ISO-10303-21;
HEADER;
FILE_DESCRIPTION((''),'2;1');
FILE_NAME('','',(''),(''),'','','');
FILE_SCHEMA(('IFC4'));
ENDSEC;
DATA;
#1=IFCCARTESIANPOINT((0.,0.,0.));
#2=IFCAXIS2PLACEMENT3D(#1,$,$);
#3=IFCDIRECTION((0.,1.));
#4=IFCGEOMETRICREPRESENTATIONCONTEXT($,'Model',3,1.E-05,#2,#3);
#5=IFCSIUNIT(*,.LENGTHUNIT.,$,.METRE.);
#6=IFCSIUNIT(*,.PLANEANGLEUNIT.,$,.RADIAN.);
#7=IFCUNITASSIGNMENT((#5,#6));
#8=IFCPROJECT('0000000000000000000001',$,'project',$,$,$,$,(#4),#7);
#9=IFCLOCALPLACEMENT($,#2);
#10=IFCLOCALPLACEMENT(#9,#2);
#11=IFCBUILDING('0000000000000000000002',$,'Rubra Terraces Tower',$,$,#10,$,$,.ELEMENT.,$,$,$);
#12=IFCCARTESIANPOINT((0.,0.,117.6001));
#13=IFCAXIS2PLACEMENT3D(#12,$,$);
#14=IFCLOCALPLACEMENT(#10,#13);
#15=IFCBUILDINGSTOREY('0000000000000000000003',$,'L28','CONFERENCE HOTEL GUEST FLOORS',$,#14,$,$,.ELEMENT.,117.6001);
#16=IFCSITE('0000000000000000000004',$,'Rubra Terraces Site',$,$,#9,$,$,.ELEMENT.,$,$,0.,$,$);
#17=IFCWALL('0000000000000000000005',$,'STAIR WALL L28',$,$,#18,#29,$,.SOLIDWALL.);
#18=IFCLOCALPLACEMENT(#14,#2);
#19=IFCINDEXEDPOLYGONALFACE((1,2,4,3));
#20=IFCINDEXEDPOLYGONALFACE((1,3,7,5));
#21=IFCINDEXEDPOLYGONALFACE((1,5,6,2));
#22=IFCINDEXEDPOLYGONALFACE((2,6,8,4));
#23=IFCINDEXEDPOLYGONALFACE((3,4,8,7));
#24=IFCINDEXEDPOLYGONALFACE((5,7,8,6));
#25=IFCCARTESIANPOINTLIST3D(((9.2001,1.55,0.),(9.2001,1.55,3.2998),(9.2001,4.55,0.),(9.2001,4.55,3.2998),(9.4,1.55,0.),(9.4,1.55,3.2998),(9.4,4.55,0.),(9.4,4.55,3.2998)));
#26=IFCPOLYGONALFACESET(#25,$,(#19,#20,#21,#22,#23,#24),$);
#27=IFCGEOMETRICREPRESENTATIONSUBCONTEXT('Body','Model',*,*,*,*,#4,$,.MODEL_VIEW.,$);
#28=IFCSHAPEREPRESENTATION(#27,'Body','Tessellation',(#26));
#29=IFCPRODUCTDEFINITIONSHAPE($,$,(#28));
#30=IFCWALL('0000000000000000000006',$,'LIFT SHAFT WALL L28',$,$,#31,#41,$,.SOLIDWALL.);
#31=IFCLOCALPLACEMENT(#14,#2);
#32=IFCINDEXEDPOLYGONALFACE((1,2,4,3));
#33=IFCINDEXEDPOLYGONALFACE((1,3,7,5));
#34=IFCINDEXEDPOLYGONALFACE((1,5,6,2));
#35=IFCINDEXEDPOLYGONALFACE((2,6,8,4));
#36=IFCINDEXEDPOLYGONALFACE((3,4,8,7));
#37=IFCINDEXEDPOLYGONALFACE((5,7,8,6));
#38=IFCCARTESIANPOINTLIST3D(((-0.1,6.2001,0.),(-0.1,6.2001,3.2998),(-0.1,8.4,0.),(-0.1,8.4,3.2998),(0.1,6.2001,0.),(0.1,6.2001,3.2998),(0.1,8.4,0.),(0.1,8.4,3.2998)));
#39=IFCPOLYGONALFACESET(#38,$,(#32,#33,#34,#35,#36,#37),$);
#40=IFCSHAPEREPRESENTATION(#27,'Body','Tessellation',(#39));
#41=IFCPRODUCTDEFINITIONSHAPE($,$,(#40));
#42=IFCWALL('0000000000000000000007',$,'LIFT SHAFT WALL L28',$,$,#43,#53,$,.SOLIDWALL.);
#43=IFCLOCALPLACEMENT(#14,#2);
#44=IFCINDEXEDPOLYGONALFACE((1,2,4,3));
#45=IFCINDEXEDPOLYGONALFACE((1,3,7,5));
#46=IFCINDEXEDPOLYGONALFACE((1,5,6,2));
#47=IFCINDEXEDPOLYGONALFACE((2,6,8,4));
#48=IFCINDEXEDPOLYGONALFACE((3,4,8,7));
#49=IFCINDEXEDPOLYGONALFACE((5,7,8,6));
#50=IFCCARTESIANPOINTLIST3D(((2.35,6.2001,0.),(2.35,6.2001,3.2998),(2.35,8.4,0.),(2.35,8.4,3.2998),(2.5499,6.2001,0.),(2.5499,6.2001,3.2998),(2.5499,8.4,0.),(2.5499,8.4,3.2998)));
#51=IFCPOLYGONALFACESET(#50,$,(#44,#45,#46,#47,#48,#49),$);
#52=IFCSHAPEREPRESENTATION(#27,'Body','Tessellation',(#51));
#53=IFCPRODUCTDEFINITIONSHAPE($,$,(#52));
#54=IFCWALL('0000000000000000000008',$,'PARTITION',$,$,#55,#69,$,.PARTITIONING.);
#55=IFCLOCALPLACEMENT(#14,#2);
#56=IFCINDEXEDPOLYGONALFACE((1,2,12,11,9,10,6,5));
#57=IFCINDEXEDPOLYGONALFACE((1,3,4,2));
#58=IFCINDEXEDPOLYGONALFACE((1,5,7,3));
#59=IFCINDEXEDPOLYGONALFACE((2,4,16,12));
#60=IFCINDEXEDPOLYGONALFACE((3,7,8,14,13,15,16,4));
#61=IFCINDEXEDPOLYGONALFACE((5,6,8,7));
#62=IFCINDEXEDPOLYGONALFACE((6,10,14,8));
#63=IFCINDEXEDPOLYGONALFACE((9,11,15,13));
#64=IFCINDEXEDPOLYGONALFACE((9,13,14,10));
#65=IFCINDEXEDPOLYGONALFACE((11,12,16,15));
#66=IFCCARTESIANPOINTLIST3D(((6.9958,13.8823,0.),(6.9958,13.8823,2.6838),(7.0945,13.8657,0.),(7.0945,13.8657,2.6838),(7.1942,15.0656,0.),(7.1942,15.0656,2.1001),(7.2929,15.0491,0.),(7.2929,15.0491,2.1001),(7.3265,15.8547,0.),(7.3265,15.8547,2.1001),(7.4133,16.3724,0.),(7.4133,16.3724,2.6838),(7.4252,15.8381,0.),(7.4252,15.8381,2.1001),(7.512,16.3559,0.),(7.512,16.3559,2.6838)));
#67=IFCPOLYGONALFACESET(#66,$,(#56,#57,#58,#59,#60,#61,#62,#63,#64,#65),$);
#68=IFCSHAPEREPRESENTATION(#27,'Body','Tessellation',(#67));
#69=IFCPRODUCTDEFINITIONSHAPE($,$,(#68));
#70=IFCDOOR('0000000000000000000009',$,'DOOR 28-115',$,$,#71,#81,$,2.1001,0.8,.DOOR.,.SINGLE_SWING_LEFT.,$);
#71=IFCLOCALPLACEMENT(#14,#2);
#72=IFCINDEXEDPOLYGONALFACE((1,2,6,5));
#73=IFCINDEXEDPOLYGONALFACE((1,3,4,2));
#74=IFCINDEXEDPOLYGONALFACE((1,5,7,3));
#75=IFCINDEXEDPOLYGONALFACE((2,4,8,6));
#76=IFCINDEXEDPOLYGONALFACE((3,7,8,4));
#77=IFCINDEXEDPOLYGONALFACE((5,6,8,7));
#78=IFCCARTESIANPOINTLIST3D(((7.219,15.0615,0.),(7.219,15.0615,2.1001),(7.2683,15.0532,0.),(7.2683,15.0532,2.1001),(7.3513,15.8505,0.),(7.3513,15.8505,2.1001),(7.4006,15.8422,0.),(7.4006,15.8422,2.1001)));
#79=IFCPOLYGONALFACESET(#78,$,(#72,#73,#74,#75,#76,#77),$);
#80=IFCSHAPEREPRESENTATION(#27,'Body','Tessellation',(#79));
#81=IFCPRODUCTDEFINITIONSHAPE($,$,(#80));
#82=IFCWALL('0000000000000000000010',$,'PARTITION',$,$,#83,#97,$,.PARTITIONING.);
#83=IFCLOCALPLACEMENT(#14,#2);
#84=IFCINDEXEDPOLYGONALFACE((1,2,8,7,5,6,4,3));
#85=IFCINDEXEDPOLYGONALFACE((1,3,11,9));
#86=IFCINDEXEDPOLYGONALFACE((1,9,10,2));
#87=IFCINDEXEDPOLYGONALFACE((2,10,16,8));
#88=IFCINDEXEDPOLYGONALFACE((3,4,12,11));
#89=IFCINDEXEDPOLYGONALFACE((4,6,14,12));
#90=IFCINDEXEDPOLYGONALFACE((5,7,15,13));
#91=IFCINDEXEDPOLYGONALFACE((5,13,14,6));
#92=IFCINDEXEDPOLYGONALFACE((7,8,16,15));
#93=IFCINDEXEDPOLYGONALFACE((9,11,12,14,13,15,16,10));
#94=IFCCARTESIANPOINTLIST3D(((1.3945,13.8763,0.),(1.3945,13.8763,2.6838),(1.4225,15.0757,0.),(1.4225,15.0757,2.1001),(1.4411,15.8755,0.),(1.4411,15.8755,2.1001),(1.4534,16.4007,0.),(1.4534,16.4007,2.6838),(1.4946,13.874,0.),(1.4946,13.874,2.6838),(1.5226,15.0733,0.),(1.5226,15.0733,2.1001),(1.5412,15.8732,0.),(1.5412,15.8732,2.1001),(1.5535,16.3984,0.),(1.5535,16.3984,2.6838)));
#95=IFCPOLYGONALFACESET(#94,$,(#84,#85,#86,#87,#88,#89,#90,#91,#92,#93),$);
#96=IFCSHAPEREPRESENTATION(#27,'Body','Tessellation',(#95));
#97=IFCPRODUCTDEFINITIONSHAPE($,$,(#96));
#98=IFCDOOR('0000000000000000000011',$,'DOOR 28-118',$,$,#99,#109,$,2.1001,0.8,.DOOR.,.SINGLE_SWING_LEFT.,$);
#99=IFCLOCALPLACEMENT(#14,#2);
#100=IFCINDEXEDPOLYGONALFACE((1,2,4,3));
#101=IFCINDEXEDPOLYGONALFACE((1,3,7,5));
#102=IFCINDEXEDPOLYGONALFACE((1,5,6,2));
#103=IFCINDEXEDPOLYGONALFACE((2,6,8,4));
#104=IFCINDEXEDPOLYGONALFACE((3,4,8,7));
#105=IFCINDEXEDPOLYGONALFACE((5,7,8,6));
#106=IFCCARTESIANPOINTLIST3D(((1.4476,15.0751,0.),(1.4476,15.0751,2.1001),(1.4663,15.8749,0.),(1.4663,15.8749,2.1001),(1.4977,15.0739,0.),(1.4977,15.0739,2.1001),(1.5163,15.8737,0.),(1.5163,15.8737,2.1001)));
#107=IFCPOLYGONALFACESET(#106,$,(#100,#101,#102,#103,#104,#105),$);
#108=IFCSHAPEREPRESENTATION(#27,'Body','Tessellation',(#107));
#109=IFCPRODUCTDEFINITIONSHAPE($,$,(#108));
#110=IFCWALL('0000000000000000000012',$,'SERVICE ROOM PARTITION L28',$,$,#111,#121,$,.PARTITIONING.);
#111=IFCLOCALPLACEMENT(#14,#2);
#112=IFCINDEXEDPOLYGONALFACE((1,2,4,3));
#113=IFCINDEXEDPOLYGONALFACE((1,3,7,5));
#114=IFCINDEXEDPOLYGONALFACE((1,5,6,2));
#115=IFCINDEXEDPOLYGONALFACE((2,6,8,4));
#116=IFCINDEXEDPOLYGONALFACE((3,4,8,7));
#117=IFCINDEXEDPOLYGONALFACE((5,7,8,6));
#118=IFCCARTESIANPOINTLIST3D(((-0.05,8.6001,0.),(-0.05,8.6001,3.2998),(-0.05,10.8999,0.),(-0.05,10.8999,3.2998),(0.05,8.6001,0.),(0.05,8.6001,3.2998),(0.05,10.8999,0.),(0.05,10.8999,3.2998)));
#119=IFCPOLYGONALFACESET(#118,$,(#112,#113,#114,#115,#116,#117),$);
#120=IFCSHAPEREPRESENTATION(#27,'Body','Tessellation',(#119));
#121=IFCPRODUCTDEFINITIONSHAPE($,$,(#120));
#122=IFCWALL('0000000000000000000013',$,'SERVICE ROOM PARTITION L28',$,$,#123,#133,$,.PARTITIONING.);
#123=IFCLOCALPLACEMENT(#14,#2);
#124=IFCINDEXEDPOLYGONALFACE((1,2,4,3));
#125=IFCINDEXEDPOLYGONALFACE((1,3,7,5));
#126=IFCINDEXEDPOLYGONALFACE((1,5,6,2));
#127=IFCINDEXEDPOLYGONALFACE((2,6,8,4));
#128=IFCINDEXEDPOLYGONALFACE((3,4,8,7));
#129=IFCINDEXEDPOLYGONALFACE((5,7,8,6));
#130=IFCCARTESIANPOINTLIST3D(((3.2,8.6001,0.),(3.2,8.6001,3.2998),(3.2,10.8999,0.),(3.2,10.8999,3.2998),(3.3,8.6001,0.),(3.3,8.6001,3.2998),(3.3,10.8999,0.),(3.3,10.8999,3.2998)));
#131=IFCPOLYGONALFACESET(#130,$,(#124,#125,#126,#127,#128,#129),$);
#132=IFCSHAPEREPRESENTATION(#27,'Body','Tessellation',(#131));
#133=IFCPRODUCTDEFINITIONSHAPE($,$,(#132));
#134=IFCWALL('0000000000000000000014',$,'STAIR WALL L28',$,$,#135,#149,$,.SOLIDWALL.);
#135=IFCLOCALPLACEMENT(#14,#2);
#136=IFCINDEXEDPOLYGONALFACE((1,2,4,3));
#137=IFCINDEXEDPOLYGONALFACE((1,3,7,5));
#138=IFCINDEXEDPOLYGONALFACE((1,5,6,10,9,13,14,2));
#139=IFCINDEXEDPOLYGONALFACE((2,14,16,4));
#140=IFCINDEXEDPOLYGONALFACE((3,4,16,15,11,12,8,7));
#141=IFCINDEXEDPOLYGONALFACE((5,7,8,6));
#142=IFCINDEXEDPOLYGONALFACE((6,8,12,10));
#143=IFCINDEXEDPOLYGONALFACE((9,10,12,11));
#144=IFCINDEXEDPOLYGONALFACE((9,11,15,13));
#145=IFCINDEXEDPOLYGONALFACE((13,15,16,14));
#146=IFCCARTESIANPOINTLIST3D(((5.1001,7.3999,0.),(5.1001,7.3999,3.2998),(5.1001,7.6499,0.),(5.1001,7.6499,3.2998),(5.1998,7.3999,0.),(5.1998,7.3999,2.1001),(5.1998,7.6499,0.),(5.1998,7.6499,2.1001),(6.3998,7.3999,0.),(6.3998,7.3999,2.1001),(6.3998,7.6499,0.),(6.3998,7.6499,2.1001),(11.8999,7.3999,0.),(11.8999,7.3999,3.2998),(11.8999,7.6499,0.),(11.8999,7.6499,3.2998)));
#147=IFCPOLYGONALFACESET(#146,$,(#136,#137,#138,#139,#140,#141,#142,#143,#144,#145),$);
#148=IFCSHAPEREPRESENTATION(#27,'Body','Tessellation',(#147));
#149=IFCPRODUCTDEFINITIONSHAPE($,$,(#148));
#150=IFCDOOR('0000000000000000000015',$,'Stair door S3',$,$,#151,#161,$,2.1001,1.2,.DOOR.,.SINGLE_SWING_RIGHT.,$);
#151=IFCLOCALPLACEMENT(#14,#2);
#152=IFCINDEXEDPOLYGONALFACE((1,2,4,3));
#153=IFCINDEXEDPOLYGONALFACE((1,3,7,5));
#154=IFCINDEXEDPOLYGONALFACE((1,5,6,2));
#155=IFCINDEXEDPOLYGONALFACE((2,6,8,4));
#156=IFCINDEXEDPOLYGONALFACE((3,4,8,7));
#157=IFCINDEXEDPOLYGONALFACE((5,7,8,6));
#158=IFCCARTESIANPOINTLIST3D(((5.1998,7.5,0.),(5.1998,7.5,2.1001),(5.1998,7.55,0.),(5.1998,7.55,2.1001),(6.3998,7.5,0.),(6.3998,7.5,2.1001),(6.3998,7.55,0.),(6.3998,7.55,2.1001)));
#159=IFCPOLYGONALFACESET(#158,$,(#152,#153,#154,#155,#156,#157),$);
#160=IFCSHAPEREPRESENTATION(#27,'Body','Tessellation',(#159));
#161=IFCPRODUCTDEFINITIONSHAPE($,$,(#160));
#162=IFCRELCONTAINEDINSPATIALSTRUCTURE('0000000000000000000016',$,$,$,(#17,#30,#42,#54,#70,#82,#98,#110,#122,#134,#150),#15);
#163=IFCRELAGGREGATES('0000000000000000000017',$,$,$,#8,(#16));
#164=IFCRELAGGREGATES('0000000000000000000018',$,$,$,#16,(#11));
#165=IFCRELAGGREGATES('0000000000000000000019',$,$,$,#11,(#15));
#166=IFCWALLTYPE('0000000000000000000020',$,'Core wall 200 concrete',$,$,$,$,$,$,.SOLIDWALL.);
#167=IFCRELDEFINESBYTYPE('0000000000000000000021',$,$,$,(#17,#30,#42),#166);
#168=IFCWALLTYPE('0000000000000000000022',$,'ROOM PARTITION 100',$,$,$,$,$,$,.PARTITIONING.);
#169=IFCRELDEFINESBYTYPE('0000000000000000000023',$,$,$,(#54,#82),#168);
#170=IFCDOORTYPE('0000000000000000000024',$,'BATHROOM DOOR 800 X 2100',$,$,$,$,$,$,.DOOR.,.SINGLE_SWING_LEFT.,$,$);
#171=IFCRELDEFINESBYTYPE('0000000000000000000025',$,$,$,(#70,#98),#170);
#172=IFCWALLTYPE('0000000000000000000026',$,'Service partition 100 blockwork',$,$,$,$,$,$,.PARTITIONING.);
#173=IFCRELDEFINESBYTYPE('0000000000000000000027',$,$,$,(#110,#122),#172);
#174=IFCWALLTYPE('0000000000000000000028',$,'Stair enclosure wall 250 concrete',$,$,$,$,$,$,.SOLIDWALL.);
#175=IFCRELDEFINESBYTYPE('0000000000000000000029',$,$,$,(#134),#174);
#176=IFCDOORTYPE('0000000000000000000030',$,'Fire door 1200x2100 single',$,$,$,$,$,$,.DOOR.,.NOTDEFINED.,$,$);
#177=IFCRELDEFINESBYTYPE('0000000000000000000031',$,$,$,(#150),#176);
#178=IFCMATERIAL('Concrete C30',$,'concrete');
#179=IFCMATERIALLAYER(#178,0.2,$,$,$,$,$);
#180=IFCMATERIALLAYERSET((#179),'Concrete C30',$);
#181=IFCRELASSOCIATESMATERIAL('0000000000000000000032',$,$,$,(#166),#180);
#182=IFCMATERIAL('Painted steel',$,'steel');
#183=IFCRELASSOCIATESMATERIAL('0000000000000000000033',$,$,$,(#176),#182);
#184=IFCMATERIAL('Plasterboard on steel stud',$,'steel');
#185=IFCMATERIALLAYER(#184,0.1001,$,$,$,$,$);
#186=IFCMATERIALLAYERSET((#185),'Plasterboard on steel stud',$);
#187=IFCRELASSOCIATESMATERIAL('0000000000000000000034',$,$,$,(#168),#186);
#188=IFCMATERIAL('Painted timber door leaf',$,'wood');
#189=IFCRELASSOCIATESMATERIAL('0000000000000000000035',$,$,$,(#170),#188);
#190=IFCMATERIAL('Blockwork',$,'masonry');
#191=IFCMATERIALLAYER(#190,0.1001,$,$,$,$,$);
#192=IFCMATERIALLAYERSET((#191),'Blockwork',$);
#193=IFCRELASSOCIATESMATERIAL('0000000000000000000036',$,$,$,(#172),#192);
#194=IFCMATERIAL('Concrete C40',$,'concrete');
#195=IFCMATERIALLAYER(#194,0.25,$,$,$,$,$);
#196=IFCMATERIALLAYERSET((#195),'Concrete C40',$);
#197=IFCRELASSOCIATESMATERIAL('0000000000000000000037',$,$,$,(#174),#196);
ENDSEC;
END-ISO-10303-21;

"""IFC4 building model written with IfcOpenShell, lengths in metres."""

from ifc_helpers import new_model, si_unit, direction, frame, frame_2d, origin, place, context, subcontext, project, spatial, rectangle, extrude, material, layer, layer_set, type_object, element, fill, save


model = new_model("IFC4")

# Units and contexts
model_context = context("Model", 3, precision=1e-05, world=origin(), true_north=direction((0.0, 1.0)))
body_context = subcontext(model_context, "Body", "Model", "MODEL_VIEW")
ifc_project = project(units=[si_unit("LENGTHUNIT", "METRE"), si_unit("PLANEANGLEUNIT", "RADIAN")], contexts=[model_context])

# Site, building, storey
site_placement = place(None, origin())
site = spatial("IfcSite", under=ifc_project, at=site_placement, Name="Rubra Terraces Site", CompositionType="ELEMENT", RefElevation=0.0)
building_placement = place(site_placement, origin())
building = spatial("IfcBuilding", under=site, at=building_placement, Name="Rubra Terraces Tower", CompositionType="ELEMENT")
storey_placement = place(building_placement, frame((0.0, 0.0, 117.6001)))
storey = spatial("IfcBuildingStorey", under=building, at=storey_placement, Name="L28", Description="CONFERENCE HOTEL GUEST FLOORS", CompositionType="ELEMENT", Elevation=117.6001)

# Shared definitions
ifc_material_1 = material(Name="Painted timber door leaf", Category="wood")

# Shared definitions
ifc_material_2 = material(Name="Concrete C40", Category="concrete")

# Shared definitions
ifc_material_3 = material(Name="Concrete C30", Category="concrete")
ifc_layer_1 = layer(ifc_material_3, 0.2)
ifc_layer_set_1 = layer_set([ifc_layer_1], Name="Concrete C30")
wall_type_1 = type_object("IfcWallType", Name="Core wall 200 concrete", PredefinedType="SOLIDWALL", material=ifc_layer_set_1)
ifc_material_4 = material(Name="Painted steel", Category="steel")
door_type_1 = type_object("IfcDoorType", Name="Fire door 1200x2100 single", OperationType="NOTDEFINED", PredefinedType="DOOR", material=ifc_material_4)

# Walls
wall_1_placement = place(storey_placement, frame((9.3, 4.55, 0.0), z_axis=(0.0, 0.0, 1.0), x_axis=(0.0, -1.0, 0.0)))
element("IfcWall", 1, at=wall_1_placement, inside=storey, type_object=wall_type_1, Name="STAIR WALL L28", PredefinedType="SOLIDWALL", context=body_context, shape_type="SweptSolid", body=[
    extrude(rectangle(XDim=3.0, YDim=0.2, at=frame_2d((1.5, 0.0))), origin(), (0.0, 0.0, 1.0), 3.2998),
])
for number, where, z_axis, x_axis, name in (
    (2, (0.0, 6.2, 0.0), (0.0, 0.0, 1.0), (0.0, 1.0, 0.0), "LIFT SHAFT WALL L28"),
    (3, (2.45, 6.2, 0.0), (0.0, 0.0, 1.0), (0.0, 1.0, 0.0), "LIFT SHAFT WALL L28"),
):
    element("IfcWall", number, at=place(storey_placement, frame(where, z_axis=z_axis, x_axis=x_axis)), inside=storey, type_object=wall_type_1, Name=name, PredefinedType="SOLIDWALL", context=body_context, shape_type="SweptSolid", body=[
        extrude(rectangle(XDim=2.2, YDim=0.2, at=frame_2d((1.1001, 0.0))), origin(), (0.0, 0.0, 1.0), 3.2998),
    ])

# Walls, openings, doors
ifc_material_5 = material(Name="Plasterboard on steel stud", Category="steel")
ifc_layer_2 = layer(ifc_material_5, 0.1001)
ifc_layer_set_2 = layer_set([ifc_layer_2], Name="Plasterboard on steel stud")
wall_type_2 = type_object("IfcWallType", Name="ROOM PARTITION 100", PredefinedType="PARTITIONING", material=ifc_layer_set_2)
wall_2_placement = place(storey_placement, frame((7.0452, 13.874, 0.0), z_axis=(0.0, 0.0, 1.0), x_axis=(0.16534, 0.986237, 0.0)))
wall_2 = element("IfcWall", 4, at=wall_2_placement, inside=storey, type_object=wall_type_2, Name="PARTITION", PredefinedType="PARTITIONING", context=body_context, shape_type="SweptSolid", body=[
    extrude(rectangle(XDim=2.5249, YDim=0.1001, at=frame_2d((1.2625, 0.0))), origin(), (0.0, 0.0, 1.0), 2.6838),
])
opening_1_placement = place(wall_2_placement, frame((1.2, 0.0, 0.0)))
opening_1 = element("IfcOpeningElement", 5, at=opening_1_placement, cuts=wall_2, PredefinedType="OPENING", context=body_context, shape_type="SweptSolid", body=[
    extrude(rectangle(XDim=0.8, YDim=2.1001, at=frame_2d((0.3999, 1.05))), frame((0.0, 0.0601, 0.0), z_axis=(0.0, -1.0, 0.0), x_axis=(1.0, 0.0, 0.0)), (0.0, 0.0, 1.0), 0.1201),
])
door_type_2 = type_object("IfcDoorType", Name="BATHROOM DOOR 800 X 2100", OperationType="SINGLE_SWING_LEFT", PredefinedType="DOOR", material=ifc_material_1)
door_1_placement = place(opening_1_placement, origin())
door_1 = element("IfcDoor", 6, at=door_1_placement, inside=storey, type_object=door_type_2, Name="DOOR 28-115", OperationType="SINGLE_SWING_LEFT", OverallHeight=2.1001, OverallWidth=0.8, PredefinedType="DOOR", context=body_context, shape_type="SweptSolid", body=[
    extrude(rectangle(XDim=0.8, YDim=2.1001, at=frame_2d((0.3999, 1.05))), frame((0.0, 0.0249, 0.0), z_axis=(0.0, -1.0, 0.0), x_axis=(1.0, 0.0, 0.0)), (0.0, 0.0, 1.0), 0.05),
])
fill(opening_1, door_1)
wall_3_placement = place(storey_placement, frame((1.4446, 13.875, 0.0), z_axis=(0.0, 0.0, 1.0), x_axis=(0.023301, 0.999728, 0.0)))
wall_3 = element("IfcWall", 7, at=wall_3_placement, inside=storey, type_object=wall_type_2, Name="PARTITION", PredefinedType="PARTITIONING", context=body_context, shape_type="SweptSolid", body=[
    extrude(rectangle(XDim=2.5251, YDim=0.1001, at=frame_2d((1.2627, 0.0))), origin(), (0.0, 0.0, 1.0), 2.6838),
])
opening_2_placement = place(wall_3_placement, frame((1.2, 0.0, 0.0)))
opening_2 = element("IfcOpeningElement", 8, at=opening_2_placement, cuts=wall_3, PredefinedType="OPENING", context=body_context, shape_type="SweptSolid", body=[
    extrude(rectangle(XDim=0.8, YDim=2.1001, at=frame_2d((0.3999, 1.05))), frame((0.0, 0.0601, 0.0), z_axis=(0.0, -1.0, 0.0), x_axis=(1.0, 0.0, 0.0)), (0.0, 0.0, 1.0), 0.1201),
])
door_2_placement = place(opening_2_placement, origin())
door_2 = element("IfcDoor", 9, at=door_2_placement, inside=storey, type_object=door_type_2, Name="DOOR 28-118", OperationType="SINGLE_SWING_LEFT", OverallHeight=2.1001, OverallWidth=0.8, PredefinedType="DOOR", context=body_context, shape_type="SweptSolid", body=[
    extrude(rectangle(XDim=0.8, YDim=2.1001, at=frame_2d((0.3999, 1.05))), frame((0.0, 0.0249, 0.0), z_axis=(0.0, -1.0, 0.0), x_axis=(1.0, 0.0, 0.0)), (0.0, 0.0, 1.0), 0.05),
])
fill(opening_2, door_2)

# Walls
ifc_material_6 = material(Name="Blockwork", Category="masonry")
ifc_layer_3 = layer(ifc_material_6, 0.1001)
ifc_layer_set_3 = layer_set([ifc_layer_3], Name="Blockwork")
wall_type_3 = type_object("IfcWallType", Name="Service partition 100 blockwork", PredefinedType="PARTITIONING", material=ifc_layer_set_3)
for number, where, z_axis, x_axis, name in (
    (10, (0.0, 8.6001, 0.0), (0.0, 0.0, 1.0), (0.0, 1.0, 0.0), "SERVICE ROOM PARTITION L28"),
    (11, (3.25, 8.6001, 0.0), (0.0, 0.0, 1.0), (0.0, 1.0, 0.0), "SERVICE ROOM PARTITION L28"),
):
    element("IfcWall", number, at=place(storey_placement, frame(where, z_axis=z_axis, x_axis=x_axis)), inside=storey, type_object=wall_type_3, Name=name, PredefinedType="PARTITIONING", context=body_context, shape_type="SweptSolid", body=[
        extrude(rectangle(XDim=2.2998, YDim=0.1001, at=frame_2d((1.1499, 0.0))), origin(), (0.0, 0.0, 1.0), 3.2998),
    ])

# Wall, opening, door
ifc_layer_4 = layer(ifc_material_2, 0.25)
ifc_layer_set_4 = layer_set([ifc_layer_4], Name="Concrete C40")
wall_type_4 = type_object("IfcWallType", Name="Stair enclosure wall 250 concrete", PredefinedType="SOLIDWALL", material=ifc_layer_set_4)
wall_4_placement = place(storey_placement, frame((11.8999, 7.5249, 0.0), z_axis=(0.0, 0.0, 1.0), x_axis=(-1.0, 0.0, 0.0)))
wall_4 = element("IfcWall", 12, at=wall_4_placement, inside=storey, type_object=wall_type_4, Name="STAIR WALL L28", PredefinedType="SOLIDWALL", context=body_context, shape_type="SweptSolid", body=[
    extrude(rectangle(XDim=6.7998, YDim=0.25, at=frame_2d((3.3999, 0.0))), origin(), (0.0, 0.0, 1.0), 3.2998),
])
opening_3_placement = place(wall_4_placement, frame((5.5, 0.0, 0.0)))
opening_3 = element("IfcOpeningElement", 13, at=opening_3_placement, cuts=wall_4, PredefinedType="OPENING", context=body_context, shape_type="SweptSolid", body=[
    extrude(rectangle(XDim=1.2, YDim=2.1001, at=frame_2d((0.6001, 1.05))), frame((0.0, 0.135, 0.0), z_axis=(0.0, -1.0, 0.0), x_axis=(1.0, 0.0, 0.0)), (0.0, 0.0, 1.0), 0.27),
])
door_3_placement = place(opening_3_placement, origin())
door_3 = element("IfcDoor", 14, at=door_3_placement, inside=storey, type_object=door_type_1, Name="Stair door S3", OperationType="SINGLE_SWING_RIGHT", OverallHeight=2.1001, OverallWidth=1.2, PredefinedType="DOOR", context=body_context, shape_type="SweptSolid", body=[
    extrude(rectangle(XDim=1.2, YDim=2.1001, at=frame_2d((0.6001, 1.05))), frame((0.0, 0.0249, 0.0), z_axis=(0.0, -1.0, 0.0), x_axis=(1.0, 0.0, 0.0)), (0.0, 0.0, 1.0), 0.05),
])
fill(opening_3, door_3)

save(model, "model.ifc")
